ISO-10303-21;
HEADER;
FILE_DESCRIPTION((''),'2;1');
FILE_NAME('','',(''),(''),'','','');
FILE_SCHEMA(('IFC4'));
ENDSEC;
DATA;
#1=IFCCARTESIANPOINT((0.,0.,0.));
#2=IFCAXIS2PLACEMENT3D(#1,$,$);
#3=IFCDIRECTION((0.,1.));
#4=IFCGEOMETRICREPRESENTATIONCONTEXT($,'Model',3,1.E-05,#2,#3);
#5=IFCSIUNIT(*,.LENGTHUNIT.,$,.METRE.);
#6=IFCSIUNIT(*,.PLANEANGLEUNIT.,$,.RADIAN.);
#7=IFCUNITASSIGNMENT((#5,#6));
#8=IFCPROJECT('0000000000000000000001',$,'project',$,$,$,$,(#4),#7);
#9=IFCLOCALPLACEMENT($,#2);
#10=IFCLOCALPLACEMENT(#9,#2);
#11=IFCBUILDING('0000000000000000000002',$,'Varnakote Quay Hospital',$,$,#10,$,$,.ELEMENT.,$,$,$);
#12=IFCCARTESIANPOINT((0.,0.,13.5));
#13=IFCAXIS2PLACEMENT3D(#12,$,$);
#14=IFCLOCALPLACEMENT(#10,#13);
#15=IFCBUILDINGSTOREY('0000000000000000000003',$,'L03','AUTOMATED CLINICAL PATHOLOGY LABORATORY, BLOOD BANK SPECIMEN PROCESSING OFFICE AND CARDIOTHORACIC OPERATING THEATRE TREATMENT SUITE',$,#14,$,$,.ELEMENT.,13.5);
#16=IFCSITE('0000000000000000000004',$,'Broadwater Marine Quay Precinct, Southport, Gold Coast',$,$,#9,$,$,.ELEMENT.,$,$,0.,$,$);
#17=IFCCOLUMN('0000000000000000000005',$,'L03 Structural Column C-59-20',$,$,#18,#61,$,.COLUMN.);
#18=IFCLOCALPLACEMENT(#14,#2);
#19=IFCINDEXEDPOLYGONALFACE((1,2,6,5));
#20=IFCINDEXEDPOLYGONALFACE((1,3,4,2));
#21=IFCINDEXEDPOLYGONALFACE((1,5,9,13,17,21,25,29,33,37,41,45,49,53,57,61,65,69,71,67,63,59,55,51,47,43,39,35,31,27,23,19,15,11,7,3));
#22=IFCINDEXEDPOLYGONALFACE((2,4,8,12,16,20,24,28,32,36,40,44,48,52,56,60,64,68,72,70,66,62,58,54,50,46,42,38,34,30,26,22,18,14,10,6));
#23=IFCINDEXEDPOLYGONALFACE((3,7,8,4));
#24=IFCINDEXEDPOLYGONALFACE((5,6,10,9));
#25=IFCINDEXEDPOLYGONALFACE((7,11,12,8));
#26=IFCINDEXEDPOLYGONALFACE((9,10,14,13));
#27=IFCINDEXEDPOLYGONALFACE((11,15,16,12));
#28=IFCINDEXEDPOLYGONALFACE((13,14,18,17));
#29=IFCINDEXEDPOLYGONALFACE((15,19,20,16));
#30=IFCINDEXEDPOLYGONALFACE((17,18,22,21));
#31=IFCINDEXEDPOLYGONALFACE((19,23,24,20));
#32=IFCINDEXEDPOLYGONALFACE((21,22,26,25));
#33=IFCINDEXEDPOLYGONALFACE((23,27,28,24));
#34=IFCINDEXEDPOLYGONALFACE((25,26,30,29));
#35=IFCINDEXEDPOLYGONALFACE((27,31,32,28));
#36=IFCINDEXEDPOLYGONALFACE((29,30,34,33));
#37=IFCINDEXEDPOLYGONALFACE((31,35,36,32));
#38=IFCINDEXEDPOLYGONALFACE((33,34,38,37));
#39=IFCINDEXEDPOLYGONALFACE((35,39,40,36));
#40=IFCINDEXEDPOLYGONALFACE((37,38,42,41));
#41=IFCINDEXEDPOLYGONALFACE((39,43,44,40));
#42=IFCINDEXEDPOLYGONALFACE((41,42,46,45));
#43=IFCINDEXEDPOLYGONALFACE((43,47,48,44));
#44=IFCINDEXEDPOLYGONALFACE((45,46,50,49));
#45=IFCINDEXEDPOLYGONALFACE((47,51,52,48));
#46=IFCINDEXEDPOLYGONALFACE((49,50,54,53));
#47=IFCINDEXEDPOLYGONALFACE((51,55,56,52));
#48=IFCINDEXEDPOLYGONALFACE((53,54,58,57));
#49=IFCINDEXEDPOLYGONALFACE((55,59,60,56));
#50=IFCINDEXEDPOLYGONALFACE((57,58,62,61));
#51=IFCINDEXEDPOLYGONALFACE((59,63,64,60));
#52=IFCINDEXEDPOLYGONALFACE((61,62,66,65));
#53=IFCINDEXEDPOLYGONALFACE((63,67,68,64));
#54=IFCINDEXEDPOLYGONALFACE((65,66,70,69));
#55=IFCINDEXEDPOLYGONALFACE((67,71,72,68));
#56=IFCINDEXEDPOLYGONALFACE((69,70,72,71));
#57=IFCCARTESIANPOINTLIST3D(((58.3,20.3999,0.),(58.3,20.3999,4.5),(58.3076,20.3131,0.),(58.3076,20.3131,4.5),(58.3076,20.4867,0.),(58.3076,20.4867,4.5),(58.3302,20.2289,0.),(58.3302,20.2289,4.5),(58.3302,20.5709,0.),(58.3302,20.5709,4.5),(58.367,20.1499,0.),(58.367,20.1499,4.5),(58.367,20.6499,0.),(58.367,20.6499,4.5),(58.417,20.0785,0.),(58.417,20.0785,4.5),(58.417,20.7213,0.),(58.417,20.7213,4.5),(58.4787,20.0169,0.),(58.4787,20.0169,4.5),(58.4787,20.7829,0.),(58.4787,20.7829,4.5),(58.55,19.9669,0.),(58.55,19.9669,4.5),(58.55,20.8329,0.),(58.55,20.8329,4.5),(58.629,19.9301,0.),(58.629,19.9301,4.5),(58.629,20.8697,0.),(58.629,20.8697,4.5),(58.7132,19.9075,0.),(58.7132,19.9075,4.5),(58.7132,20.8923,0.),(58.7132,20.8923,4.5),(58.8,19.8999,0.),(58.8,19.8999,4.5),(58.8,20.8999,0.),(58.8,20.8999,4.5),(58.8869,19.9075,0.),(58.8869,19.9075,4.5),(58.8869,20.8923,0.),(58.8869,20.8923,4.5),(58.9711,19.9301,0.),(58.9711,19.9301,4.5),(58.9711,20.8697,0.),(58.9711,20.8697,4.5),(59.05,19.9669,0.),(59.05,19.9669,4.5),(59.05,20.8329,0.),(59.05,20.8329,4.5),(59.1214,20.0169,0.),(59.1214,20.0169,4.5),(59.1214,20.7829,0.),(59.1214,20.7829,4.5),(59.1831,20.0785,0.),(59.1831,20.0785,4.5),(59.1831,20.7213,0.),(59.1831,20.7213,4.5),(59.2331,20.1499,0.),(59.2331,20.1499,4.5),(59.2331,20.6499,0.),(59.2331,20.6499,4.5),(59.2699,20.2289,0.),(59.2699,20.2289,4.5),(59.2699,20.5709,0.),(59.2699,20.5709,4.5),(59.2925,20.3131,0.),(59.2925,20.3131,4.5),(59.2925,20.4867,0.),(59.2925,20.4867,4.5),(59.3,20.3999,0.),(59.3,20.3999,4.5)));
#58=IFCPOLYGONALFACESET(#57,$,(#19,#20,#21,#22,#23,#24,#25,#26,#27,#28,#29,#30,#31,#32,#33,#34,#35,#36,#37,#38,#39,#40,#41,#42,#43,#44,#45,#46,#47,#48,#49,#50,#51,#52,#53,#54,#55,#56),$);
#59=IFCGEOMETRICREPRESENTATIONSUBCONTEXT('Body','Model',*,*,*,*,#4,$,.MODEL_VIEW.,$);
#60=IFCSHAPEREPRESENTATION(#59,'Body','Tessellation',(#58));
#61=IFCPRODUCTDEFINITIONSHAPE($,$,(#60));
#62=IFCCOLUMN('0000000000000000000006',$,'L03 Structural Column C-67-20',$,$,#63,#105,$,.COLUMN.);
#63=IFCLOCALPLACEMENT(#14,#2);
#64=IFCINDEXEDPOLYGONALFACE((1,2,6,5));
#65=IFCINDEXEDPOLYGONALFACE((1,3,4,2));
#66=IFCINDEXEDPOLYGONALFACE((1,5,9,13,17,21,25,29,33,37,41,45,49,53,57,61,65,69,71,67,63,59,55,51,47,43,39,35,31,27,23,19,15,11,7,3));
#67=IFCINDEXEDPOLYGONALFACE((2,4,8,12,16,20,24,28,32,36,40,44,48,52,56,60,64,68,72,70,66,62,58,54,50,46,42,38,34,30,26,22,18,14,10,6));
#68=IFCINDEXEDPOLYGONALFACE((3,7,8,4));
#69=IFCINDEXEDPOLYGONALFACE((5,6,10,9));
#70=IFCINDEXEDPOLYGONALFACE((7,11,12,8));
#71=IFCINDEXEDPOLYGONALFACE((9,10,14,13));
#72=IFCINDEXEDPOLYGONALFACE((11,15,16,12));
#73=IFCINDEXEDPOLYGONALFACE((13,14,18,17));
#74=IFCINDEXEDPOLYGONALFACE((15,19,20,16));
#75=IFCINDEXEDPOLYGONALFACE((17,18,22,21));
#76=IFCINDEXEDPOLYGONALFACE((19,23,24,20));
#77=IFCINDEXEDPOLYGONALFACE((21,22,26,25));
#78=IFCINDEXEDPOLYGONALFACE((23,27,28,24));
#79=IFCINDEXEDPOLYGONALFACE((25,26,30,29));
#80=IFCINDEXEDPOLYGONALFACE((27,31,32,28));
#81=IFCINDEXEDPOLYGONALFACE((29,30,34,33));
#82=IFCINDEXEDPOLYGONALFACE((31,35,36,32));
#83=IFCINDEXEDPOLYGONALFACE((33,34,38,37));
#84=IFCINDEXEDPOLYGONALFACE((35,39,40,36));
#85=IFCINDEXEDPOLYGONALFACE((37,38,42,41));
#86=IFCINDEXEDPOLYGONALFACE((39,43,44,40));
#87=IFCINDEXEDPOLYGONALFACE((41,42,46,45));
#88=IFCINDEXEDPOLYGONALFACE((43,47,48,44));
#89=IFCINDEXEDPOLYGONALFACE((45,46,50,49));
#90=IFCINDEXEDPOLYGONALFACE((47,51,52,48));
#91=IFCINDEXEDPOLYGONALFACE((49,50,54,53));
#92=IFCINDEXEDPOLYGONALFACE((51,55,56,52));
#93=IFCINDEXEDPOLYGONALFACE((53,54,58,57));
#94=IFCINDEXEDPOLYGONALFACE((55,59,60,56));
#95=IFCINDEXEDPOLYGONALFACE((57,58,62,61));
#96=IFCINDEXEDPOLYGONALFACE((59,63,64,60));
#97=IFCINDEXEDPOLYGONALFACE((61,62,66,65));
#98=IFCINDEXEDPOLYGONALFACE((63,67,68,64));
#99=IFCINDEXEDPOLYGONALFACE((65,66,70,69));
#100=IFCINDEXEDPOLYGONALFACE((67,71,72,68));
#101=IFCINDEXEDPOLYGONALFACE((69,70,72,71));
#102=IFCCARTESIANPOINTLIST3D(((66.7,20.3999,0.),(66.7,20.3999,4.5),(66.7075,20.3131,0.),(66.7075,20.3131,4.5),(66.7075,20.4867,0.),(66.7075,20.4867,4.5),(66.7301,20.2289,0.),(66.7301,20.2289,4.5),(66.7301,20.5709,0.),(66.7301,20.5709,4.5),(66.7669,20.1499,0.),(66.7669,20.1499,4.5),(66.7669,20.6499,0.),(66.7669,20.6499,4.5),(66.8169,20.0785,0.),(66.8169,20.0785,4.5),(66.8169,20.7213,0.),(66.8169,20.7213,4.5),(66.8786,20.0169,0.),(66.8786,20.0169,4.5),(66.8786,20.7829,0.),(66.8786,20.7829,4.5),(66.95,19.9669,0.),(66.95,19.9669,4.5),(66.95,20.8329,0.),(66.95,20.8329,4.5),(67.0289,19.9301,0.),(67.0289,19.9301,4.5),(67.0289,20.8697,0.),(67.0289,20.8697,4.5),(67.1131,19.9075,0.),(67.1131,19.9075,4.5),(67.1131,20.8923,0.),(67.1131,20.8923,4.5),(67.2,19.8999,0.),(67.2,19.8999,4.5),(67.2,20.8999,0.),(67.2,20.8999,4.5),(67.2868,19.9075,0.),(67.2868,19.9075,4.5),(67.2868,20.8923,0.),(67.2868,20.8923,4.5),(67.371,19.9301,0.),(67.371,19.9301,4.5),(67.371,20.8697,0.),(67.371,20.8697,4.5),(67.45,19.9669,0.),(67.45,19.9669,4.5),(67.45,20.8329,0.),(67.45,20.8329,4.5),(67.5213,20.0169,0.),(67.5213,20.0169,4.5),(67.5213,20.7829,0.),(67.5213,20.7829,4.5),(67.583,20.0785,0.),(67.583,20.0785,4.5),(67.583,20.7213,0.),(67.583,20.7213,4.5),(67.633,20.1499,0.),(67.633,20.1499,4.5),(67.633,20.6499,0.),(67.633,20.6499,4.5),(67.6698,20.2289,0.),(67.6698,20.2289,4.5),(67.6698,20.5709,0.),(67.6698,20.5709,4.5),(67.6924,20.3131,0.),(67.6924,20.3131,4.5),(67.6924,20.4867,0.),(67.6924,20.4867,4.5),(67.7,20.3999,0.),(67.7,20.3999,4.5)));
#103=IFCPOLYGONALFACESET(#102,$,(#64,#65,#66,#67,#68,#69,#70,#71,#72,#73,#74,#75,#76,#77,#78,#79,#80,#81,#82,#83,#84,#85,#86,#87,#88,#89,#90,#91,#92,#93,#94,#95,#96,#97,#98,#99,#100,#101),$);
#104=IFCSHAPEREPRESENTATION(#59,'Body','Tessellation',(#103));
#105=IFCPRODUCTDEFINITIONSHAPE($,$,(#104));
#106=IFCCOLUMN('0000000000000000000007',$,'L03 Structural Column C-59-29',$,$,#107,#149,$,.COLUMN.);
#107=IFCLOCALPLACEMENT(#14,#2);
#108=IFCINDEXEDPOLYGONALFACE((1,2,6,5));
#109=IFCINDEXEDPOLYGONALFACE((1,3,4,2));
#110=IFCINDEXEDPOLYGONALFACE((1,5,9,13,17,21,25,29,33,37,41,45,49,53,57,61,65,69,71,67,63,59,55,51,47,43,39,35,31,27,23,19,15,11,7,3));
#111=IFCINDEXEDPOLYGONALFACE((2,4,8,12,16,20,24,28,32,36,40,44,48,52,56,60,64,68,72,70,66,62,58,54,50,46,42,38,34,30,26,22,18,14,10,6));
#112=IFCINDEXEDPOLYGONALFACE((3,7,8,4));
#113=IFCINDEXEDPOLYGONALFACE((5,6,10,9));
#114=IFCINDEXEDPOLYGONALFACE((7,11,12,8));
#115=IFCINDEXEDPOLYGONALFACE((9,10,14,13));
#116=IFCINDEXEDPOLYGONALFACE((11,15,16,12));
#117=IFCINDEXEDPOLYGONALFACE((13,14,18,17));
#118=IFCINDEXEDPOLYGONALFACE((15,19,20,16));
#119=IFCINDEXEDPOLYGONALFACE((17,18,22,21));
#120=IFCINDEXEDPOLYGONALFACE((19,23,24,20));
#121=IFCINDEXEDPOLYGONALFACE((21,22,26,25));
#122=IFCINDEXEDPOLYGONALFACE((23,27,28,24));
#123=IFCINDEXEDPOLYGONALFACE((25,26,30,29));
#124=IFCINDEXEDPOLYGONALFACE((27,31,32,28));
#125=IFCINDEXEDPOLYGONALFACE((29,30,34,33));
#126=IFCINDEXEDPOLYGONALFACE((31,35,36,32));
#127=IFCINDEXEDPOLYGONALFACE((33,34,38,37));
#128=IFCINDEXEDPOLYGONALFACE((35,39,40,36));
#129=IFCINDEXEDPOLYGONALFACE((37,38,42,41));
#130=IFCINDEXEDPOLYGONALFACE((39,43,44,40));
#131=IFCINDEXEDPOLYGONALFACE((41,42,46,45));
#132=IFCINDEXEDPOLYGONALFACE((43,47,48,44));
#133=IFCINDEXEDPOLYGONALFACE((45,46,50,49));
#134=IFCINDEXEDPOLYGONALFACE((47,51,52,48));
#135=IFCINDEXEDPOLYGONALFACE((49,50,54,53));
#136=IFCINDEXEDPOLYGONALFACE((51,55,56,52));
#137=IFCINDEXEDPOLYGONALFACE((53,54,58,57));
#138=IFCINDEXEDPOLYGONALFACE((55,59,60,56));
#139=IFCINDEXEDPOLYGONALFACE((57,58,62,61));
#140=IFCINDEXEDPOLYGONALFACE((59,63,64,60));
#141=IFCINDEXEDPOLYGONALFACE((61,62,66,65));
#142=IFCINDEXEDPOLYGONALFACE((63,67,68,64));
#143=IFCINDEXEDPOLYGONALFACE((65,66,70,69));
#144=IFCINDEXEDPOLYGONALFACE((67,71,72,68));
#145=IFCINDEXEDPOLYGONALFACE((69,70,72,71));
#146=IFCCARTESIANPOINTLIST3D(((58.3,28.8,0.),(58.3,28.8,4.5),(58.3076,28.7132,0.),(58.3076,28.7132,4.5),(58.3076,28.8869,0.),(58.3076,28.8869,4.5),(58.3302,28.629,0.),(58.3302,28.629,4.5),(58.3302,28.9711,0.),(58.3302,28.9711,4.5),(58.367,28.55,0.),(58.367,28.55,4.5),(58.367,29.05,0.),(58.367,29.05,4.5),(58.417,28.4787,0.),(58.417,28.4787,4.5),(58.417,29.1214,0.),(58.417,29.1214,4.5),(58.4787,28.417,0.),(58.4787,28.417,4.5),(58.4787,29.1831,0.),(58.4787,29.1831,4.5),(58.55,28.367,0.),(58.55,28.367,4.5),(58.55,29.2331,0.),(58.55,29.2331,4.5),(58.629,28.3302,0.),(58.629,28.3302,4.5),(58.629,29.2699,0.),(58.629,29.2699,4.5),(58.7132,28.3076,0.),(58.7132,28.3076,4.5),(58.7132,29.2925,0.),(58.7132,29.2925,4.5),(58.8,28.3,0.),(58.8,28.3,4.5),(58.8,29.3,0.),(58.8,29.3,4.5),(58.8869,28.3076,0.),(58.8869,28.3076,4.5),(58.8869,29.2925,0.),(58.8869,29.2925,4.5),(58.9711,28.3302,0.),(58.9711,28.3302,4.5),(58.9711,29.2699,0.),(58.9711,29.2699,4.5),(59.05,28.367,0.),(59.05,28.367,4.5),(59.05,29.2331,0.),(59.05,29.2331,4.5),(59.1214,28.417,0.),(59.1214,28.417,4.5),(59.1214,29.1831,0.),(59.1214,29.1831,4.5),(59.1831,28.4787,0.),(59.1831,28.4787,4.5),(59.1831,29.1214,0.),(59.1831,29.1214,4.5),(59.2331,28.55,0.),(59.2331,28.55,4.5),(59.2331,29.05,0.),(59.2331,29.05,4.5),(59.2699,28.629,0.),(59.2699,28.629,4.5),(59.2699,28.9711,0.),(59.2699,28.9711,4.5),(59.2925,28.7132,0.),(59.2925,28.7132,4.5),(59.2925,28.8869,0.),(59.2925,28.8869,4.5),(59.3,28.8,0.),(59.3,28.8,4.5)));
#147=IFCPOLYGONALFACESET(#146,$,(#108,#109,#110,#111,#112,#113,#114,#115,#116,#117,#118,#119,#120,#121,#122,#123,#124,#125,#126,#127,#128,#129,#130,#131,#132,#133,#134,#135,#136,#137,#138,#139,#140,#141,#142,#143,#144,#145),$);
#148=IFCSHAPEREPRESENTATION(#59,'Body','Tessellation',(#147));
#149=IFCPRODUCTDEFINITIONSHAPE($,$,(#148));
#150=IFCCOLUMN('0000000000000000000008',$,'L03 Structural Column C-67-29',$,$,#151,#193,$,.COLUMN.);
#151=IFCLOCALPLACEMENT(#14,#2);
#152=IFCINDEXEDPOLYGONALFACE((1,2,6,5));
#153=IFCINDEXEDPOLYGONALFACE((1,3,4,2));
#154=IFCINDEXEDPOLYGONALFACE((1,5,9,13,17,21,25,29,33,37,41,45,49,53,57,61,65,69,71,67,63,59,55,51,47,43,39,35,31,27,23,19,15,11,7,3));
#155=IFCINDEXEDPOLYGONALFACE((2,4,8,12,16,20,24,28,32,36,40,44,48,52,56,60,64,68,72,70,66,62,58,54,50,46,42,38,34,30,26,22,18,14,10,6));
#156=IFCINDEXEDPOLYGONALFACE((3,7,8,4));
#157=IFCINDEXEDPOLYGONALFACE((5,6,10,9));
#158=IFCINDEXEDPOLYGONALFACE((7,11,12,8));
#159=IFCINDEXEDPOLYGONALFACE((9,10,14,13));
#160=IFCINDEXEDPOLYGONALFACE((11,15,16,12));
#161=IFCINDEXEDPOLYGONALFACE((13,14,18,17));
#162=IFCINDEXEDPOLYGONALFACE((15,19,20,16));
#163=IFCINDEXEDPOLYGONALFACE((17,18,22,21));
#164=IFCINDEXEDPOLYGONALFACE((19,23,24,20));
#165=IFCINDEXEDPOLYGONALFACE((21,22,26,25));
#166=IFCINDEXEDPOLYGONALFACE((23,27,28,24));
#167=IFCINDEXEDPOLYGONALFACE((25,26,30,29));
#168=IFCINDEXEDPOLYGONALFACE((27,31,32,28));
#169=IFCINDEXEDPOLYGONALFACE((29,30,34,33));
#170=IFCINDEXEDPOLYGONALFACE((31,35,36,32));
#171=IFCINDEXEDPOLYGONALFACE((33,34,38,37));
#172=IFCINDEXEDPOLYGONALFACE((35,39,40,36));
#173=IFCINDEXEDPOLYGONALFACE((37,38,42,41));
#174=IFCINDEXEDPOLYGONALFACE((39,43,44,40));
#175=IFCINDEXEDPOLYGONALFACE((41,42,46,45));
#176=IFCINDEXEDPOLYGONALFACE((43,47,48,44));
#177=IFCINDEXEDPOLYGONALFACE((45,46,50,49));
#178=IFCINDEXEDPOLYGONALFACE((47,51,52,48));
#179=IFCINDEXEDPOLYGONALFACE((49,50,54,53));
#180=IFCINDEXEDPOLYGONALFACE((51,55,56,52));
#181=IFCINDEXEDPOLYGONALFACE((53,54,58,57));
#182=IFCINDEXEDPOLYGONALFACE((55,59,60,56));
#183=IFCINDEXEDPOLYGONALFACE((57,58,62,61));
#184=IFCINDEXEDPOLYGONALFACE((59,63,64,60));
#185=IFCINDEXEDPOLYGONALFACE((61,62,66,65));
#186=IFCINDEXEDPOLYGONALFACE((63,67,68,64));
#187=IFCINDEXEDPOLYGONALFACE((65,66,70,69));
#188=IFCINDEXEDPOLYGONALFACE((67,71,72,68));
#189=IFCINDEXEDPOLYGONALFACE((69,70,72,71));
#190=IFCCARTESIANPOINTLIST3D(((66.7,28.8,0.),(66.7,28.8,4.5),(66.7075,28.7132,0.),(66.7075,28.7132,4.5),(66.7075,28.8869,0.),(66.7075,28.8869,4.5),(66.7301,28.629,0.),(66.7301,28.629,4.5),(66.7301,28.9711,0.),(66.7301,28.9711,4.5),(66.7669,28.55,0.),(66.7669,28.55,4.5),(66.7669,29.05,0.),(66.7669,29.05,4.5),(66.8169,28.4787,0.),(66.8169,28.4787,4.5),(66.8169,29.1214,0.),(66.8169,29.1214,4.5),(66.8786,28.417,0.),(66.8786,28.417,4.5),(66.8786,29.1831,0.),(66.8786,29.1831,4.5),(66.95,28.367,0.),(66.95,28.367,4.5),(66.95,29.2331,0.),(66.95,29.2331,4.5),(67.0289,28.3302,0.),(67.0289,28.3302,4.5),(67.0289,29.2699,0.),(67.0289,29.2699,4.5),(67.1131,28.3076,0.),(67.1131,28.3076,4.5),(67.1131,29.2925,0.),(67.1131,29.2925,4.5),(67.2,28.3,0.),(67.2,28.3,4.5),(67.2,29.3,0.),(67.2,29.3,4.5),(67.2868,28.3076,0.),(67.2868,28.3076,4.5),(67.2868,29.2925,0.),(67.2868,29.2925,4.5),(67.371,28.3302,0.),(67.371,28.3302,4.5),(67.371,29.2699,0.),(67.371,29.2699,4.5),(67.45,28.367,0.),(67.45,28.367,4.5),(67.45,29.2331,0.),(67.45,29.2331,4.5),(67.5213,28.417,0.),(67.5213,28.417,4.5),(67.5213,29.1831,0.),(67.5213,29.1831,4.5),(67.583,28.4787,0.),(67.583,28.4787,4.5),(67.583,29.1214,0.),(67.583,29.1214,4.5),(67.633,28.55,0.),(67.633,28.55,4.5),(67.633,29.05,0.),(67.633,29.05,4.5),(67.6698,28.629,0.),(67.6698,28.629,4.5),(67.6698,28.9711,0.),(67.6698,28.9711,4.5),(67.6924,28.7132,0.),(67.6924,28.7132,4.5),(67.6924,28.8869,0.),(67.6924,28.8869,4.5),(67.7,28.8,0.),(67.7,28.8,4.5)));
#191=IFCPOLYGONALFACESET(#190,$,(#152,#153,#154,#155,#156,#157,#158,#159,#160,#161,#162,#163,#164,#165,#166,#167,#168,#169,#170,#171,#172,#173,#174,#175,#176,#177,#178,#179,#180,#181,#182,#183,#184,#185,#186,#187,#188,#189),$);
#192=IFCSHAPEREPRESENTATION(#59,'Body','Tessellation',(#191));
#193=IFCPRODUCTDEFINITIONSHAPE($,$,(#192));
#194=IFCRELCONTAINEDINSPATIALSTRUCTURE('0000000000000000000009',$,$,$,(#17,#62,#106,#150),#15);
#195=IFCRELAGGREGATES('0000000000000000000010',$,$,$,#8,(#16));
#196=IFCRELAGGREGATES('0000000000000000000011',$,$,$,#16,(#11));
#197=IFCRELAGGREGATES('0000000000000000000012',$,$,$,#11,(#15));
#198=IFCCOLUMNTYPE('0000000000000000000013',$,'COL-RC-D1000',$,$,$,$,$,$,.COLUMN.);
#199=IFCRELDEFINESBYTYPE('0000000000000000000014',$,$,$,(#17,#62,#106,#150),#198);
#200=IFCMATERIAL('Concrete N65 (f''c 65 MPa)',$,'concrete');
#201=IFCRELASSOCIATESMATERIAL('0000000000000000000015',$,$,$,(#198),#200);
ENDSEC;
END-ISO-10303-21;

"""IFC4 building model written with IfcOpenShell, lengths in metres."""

from ifc_helpers import new_model, si_unit, direction, frame, origin, origin_2d, place, context, subcontext, project, spatial, circle, extrude, material, material_profile, profile_set, type_object, element, save


model = new_model("IFC4")

# Units and contexts
model_context = context("Model", 3, precision=1e-05, world=origin(), true_north=direction((0.0, 1.0)))
body_context = subcontext(model_context, "Body", "Model", "MODEL_VIEW")
ifc_project = project(units=[si_unit("LENGTHUNIT", "METRE"), si_unit("PLANEANGLEUNIT", "RADIAN")], contexts=[model_context])

# Site, building, storey
site_placement = place(None, origin())
site = spatial("IfcSite", under=ifc_project, at=site_placement, Name="Broadwater Marine Quay Precinct, Southport, Gold Coast", CompositionType="ELEMENT", RefElevation=0.0)
building_placement = place(site_placement, origin())
building = spatial("IfcBuilding", under=site, at=building_placement, Name="Varnakote Quay Hospital", CompositionType="ELEMENT")
storey_placement = place(building_placement, frame((0.0, 0.0, 13.5)))
storey = spatial("IfcBuildingStorey", under=building, at=storey_placement, Name="L03", Description="AUTOMATED CLINICAL PATHOLOGY LABORATORY, BLOOD BANK SPECIMEN PROCESSING OFFICE AND CARDIOTHORACIC OPERATING THEATRE TREATMENT SUITE", CompositionType="ELEMENT", Elevation=13.5)

# Columns
ifc_material_1 = material(Name="Concrete N65 (f'c 65 MPa)", Category="concrete")
ifc_material_profile_1 = material_profile(ifc_material_1, circle(Radius=0.5, at=origin_2d()), Name="RC-COL-D1000")
ifc_profile_set_1 = profile_set([ifc_material_profile_1], Name="Concrete N65 (f'c 65 MPa)")
column_type = type_object("IfcColumnType", Name="COL-RC-D1000", PredefinedType="COLUMN", material=ifc_profile_set_1)
for number, where, z_axis, x_axis, name in (
    (1, (58.8, 20.3999, 0.0), (0.0, 0.0, 1.0), (1.0, 0.0, 0.0), "L03 Structural Column C-59-20"),
    (2, (67.2, 20.3999, 0.0), (0.0, 0.0, 1.0), (1.0, 0.0, 0.0), "L03 Structural Column C-67-20"),
    (3, (58.8, 28.8, 0.0), (0.0, 0.0, 1.0), (1.0, 0.0, 0.0), "L03 Structural Column C-59-29"),
    (4, (67.2, 28.8, 0.0), (0.0, 0.0, 1.0), (1.0, 0.0, 0.0), "L03 Structural Column C-67-29"),
):
    element("IfcColumn", number, at=place(storey_placement, frame(where, z_axis=z_axis, x_axis=x_axis)), inside=storey, type_object=column_type, Name=name, PredefinedType="COLUMN", context=body_context, shape_type="SweptSolid", body=[
        extrude(circle(Radius=0.5, at=origin_2d()), origin(), (0.0, 0.0, 1.0), 4.5),
    ])

save(model, "model.ifc")
